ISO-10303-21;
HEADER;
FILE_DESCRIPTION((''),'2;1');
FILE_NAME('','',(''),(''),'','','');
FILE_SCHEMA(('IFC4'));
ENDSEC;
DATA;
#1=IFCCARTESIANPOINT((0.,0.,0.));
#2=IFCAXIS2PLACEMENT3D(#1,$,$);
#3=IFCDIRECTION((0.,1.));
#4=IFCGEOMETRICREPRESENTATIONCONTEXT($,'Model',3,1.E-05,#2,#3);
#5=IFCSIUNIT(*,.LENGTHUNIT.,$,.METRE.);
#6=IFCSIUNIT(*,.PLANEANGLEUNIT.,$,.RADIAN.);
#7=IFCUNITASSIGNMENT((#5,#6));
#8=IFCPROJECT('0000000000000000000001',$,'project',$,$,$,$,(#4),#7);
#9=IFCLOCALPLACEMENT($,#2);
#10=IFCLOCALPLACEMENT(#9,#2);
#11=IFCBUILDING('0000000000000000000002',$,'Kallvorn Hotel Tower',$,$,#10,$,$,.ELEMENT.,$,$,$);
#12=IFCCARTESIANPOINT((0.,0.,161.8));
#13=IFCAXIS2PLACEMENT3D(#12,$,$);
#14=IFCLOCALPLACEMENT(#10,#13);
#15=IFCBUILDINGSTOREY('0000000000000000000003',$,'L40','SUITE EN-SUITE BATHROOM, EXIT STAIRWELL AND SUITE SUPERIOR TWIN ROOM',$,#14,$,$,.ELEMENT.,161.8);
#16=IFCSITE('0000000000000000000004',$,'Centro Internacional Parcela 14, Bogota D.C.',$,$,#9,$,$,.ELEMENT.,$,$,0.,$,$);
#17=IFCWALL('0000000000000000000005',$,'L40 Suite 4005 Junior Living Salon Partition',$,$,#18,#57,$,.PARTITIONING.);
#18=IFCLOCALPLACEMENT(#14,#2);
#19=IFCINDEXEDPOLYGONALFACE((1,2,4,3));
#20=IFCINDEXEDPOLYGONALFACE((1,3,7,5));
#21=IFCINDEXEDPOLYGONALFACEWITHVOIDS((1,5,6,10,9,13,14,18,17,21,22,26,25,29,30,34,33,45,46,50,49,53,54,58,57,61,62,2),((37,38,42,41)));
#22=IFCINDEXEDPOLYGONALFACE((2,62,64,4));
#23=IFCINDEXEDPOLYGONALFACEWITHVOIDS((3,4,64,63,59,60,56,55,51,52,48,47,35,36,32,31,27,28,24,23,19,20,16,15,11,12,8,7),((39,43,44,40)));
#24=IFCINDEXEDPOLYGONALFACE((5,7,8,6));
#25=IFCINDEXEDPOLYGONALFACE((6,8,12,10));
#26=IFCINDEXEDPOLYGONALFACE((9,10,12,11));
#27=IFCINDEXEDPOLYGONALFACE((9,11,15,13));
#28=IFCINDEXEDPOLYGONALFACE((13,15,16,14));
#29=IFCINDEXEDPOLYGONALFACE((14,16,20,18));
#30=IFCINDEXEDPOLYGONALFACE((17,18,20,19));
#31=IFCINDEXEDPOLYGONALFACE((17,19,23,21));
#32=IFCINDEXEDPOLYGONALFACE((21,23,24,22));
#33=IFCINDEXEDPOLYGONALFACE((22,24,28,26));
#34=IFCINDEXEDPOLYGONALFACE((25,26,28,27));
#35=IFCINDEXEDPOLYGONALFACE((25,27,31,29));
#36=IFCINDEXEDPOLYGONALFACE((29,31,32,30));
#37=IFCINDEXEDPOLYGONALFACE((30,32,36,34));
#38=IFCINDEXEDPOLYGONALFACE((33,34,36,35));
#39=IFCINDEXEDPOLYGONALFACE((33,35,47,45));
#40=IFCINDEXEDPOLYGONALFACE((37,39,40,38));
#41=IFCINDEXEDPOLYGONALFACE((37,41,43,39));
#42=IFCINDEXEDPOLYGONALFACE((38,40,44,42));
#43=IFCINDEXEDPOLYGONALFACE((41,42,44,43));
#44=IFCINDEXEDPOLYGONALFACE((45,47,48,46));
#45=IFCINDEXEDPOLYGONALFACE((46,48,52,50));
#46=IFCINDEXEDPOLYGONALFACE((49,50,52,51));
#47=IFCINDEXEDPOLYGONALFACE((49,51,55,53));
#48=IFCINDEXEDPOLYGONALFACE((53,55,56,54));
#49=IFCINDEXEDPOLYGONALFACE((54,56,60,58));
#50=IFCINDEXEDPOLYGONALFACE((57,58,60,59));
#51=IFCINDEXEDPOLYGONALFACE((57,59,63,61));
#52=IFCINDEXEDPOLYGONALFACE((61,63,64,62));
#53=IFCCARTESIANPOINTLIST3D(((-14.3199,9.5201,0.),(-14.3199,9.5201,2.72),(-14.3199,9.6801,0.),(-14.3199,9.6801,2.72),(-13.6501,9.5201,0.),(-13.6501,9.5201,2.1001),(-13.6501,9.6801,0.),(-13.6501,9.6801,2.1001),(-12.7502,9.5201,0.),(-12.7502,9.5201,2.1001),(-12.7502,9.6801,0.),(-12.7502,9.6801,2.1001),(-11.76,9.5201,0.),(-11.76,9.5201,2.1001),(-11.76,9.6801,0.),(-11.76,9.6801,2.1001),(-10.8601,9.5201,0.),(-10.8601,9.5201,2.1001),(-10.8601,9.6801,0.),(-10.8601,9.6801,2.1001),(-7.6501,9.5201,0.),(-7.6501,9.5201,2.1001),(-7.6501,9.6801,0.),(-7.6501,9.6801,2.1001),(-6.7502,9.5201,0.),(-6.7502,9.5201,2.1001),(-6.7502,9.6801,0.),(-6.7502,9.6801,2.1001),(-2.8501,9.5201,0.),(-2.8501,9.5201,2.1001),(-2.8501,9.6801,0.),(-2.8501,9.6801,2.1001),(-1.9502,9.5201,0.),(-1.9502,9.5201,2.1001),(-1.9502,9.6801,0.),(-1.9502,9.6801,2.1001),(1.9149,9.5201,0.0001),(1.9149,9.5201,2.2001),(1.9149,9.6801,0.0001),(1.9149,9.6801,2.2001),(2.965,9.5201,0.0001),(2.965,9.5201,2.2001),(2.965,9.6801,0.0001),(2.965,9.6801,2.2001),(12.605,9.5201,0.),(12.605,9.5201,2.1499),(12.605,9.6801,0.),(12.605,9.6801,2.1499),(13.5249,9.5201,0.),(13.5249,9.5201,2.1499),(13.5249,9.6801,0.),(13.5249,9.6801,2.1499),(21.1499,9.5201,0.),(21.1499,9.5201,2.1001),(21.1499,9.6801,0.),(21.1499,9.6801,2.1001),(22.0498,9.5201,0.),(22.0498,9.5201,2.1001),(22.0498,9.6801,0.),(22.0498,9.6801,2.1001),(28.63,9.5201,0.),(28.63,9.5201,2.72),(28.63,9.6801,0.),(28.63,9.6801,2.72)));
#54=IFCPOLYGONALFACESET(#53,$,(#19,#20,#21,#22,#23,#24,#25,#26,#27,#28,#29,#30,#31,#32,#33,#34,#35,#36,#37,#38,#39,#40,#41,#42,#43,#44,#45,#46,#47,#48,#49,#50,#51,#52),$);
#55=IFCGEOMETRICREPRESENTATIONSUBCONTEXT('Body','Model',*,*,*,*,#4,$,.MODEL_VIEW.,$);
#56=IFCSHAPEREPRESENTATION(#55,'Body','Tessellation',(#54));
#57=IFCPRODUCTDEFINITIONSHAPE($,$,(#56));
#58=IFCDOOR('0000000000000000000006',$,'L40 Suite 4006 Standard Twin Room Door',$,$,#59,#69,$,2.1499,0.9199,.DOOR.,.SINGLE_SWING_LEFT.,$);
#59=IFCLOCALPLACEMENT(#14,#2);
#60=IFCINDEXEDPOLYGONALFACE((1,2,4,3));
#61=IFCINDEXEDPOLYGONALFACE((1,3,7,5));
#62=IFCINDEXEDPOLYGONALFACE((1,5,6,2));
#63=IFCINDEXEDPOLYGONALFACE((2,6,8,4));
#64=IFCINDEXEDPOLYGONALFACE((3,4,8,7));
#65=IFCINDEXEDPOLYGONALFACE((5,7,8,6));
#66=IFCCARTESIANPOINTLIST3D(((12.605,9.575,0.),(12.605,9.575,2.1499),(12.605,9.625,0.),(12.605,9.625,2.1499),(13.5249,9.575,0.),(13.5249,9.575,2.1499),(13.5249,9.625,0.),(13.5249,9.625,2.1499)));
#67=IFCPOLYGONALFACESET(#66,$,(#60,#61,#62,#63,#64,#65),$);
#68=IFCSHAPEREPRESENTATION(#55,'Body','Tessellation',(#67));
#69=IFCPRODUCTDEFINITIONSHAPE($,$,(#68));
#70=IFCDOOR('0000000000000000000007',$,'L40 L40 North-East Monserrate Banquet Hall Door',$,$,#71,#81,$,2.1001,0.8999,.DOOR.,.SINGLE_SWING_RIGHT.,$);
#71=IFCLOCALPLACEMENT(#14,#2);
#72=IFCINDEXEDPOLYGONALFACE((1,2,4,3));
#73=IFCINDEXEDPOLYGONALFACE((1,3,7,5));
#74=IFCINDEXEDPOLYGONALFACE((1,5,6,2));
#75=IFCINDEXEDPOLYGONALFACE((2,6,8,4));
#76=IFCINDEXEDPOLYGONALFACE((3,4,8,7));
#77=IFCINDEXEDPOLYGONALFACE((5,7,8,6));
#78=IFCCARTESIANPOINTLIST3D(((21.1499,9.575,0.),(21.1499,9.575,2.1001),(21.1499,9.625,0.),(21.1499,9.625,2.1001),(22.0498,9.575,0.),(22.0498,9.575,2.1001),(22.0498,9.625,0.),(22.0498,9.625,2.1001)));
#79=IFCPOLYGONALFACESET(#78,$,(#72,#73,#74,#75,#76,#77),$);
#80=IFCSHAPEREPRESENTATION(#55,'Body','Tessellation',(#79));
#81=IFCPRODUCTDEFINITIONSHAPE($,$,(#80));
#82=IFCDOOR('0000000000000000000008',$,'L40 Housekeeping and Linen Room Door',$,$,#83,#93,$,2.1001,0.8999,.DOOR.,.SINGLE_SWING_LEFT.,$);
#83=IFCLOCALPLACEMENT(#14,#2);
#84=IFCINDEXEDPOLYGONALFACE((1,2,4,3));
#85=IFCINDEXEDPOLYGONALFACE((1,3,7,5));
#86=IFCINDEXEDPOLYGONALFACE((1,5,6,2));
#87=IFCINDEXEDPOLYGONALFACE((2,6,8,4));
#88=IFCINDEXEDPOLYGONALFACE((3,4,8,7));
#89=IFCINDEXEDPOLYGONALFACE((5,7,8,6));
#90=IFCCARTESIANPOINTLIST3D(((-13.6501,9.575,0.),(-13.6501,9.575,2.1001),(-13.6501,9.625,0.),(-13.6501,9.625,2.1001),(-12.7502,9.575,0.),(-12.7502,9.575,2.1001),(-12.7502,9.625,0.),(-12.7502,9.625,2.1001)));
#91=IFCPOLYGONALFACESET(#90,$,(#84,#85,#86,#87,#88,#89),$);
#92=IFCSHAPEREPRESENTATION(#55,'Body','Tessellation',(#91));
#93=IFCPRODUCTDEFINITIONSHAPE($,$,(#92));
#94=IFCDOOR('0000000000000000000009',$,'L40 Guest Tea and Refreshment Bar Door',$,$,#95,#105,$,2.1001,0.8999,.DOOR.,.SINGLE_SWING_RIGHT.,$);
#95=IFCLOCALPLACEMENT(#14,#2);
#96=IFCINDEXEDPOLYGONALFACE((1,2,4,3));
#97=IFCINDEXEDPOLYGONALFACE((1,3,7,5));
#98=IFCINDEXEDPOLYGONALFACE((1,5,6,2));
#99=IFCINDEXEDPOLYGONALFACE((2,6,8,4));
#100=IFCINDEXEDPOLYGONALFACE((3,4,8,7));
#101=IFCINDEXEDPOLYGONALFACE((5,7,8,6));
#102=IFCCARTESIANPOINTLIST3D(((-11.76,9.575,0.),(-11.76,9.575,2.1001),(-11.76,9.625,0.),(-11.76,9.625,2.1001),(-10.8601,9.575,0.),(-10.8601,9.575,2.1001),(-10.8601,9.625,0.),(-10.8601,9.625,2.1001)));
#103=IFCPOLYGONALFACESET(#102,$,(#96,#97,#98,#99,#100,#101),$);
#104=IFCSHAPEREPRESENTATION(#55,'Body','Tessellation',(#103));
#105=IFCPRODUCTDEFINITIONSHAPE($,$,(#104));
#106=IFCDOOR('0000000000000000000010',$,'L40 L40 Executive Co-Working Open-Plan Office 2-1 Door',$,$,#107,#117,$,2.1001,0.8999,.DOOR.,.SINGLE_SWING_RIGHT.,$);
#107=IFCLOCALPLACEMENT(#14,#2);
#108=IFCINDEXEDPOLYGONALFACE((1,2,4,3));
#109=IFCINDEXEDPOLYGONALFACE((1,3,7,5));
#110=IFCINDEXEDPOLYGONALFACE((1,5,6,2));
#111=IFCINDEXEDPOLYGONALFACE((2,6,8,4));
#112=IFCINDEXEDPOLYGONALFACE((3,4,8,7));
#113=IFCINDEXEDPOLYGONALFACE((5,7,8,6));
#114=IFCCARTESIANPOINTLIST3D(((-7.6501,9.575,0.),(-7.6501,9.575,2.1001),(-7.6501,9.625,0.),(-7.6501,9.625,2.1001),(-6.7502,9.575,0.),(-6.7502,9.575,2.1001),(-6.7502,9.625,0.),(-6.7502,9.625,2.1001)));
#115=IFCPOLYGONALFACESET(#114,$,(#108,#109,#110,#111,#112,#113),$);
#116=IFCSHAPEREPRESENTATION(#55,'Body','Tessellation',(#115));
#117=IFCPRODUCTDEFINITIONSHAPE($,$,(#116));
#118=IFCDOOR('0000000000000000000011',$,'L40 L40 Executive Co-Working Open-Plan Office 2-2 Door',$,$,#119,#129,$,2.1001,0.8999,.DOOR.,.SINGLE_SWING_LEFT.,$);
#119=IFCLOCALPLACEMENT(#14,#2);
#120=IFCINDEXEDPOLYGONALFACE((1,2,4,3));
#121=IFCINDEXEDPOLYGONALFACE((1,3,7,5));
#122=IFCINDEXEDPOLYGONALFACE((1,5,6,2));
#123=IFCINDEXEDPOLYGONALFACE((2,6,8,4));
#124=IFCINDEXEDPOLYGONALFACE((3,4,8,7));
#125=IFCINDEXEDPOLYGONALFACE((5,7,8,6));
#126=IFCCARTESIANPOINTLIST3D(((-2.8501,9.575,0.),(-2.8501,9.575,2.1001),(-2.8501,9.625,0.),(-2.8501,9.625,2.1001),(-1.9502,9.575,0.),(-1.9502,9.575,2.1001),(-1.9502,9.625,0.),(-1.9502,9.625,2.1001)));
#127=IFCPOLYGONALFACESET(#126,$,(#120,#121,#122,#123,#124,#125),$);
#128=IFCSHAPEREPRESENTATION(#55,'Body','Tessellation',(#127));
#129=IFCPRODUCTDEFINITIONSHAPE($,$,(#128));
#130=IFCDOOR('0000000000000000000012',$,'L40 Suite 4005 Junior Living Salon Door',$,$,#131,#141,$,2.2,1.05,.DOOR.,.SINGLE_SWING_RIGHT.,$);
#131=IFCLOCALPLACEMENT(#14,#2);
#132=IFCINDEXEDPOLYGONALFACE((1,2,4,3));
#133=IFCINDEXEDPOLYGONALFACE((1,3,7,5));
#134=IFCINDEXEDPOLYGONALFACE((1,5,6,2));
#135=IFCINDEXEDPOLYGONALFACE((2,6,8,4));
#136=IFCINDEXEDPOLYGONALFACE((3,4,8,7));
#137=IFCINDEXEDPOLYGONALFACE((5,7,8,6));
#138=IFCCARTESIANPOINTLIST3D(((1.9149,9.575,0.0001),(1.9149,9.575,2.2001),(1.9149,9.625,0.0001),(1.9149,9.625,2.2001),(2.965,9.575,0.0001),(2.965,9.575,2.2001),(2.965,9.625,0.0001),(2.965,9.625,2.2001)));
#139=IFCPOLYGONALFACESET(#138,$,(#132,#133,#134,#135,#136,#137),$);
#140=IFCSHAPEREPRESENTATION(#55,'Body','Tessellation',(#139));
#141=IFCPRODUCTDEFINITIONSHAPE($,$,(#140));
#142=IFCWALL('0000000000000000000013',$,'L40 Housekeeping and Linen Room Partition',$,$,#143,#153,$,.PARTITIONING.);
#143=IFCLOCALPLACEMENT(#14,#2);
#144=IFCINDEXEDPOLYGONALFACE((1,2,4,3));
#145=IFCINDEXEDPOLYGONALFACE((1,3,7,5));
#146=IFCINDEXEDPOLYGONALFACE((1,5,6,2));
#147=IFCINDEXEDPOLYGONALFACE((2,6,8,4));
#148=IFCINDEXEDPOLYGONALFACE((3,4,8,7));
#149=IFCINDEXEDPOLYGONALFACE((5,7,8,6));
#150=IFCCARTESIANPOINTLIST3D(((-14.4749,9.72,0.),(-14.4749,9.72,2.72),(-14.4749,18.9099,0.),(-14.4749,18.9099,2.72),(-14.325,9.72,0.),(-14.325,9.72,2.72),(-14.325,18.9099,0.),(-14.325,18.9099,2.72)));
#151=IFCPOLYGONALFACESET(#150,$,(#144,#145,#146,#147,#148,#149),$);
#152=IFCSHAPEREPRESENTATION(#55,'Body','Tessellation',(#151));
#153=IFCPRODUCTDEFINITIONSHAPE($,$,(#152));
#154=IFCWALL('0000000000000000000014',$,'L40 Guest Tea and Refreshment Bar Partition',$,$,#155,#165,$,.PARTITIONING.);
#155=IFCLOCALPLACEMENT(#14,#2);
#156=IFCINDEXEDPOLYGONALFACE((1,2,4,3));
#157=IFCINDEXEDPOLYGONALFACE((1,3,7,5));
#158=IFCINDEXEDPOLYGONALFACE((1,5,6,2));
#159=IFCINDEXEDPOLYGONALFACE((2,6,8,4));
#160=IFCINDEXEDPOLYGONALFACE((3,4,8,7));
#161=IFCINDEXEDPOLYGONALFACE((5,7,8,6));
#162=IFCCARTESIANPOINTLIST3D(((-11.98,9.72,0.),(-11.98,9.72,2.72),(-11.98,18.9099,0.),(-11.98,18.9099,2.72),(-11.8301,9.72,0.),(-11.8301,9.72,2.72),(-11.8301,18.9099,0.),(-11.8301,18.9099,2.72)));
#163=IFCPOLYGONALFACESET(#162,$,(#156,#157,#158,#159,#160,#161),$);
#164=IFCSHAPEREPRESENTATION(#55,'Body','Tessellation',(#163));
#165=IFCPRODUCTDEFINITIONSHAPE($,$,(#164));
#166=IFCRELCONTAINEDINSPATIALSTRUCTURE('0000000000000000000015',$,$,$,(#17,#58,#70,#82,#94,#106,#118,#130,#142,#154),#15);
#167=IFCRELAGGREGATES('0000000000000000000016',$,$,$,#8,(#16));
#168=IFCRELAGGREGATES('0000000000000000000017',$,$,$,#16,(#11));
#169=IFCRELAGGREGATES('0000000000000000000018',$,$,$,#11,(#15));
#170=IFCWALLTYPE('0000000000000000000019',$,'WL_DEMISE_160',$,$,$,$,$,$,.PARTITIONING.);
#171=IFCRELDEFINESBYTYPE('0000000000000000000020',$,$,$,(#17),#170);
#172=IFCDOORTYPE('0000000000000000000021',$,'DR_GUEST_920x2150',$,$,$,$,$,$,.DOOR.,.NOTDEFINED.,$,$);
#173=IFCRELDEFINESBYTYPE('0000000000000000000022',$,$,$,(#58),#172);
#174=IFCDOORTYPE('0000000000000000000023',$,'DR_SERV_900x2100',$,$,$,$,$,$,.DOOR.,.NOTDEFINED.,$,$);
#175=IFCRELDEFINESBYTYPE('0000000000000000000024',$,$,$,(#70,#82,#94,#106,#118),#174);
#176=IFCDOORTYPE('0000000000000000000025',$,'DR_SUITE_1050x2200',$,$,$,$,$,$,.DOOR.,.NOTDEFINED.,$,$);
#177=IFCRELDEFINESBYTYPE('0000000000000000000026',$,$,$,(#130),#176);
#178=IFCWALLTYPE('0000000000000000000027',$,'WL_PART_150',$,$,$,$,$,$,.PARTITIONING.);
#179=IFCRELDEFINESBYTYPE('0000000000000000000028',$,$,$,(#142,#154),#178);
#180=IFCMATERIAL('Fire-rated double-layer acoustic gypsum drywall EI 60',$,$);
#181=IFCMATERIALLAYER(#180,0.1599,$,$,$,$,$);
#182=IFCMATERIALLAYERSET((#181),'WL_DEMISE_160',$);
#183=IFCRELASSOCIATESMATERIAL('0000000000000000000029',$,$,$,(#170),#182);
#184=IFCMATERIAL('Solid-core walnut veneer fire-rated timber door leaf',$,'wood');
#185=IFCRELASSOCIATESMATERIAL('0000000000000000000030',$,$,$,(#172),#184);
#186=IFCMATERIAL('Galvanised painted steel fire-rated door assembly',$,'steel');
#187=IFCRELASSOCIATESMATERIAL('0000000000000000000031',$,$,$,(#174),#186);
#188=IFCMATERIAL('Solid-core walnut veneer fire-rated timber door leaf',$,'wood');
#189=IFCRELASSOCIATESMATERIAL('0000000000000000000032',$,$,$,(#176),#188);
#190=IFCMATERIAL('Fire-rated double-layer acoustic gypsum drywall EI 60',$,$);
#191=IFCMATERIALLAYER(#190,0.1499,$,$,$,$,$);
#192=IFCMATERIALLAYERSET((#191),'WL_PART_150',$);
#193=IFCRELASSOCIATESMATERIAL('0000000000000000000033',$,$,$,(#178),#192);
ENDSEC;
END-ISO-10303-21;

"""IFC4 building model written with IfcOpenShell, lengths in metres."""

from ifc_helpers import new_model, si_unit, direction, frame, frame_2d, origin, place, context, subcontext, project, spatial, rectangle, extrude, material, layer, layer_set, type_object, element, fill, save


model = new_model("IFC4")

# Units and contexts
model_context = context("Model", 3, precision=1e-05, world=origin(), true_north=direction((0.0, 1.0)))
body_context = subcontext(model_context, "Body", "Model", "MODEL_VIEW")
ifc_project = project(units=[si_unit("LENGTHUNIT", "METRE"), si_unit("PLANEANGLEUNIT", "RADIAN")], contexts=[model_context])

# Site, building, storey
site_placement = place(None, origin())
site = spatial("IfcSite", under=ifc_project, at=site_placement, Name="Centro Internacional Parcela 14, Bogota D.C.", CompositionType="ELEMENT", RefElevation=0.0)
building_placement = place(site_placement, origin())
building = spatial("IfcBuilding", under=site, at=building_placement, Name="Kallvorn Hotel Tower", CompositionType="ELEMENT")
storey_placement = place(building_placement, frame((0.0, 0.0, 161.8)))
storey = spatial("IfcBuildingStorey", under=building, at=storey_placement, Name="L40", Description="SUITE EN-SUITE BATHROOM, EXIT STAIRWELL AND SUITE SUPERIOR TWIN ROOM", CompositionType="ELEMENT", Elevation=161.8)

# Wall, openings, doors
ifc_material_1 = material(Name="Fire-rated double-layer acoustic gypsum drywall EI 60")
ifc_layer_1 = layer(ifc_material_1, 0.1599)
ifc_layer_set_1 = layer_set([ifc_layer_1], Name="WL_DEMISE_160")
wall_type_1 = type_object("IfcWallType", Name="WL_DEMISE_160", PredefinedType="PARTITIONING", material=ifc_layer_set_1)
wall_placement = place(storey_placement, frame((-14.3201, 9.6001, 0.0), z_axis=(0.0, 0.0, 1.0), x_axis=(1.0, 0.0, 0.0)))
wall = element("IfcWall", 1, at=wall_placement, inside=storey, type_object=wall_type_1, Name="L40 Suite 4005 Junior Living Salon Partition", PredefinedType="PARTITIONING", context=body_context, shape_type="SweptSolid", body=[
    extrude(rectangle(XDim=42.95, YDim=0.1599, at=frame_2d((21.4751, 0.0))), origin(), (0.0, 0.0, 1.0), 2.72),
])
opening_1_placement = place(wall_placement, frame((35.47, 0.0, 0.0)))
opening_1 = element("IfcOpeningElement", 2, at=opening_1_placement, cuts=wall, PredefinedType="OPENING", context=body_context, shape_type="SweptSolid", body=[
    extrude(rectangle(XDim=0.8999, YDim=2.1001, at=frame_2d((0.45, 1.05))), frame((0.0, 0.095, 0.0), z_axis=(0.0, -1.0, 0.0), x_axis=(1.0, 0.0, 0.0)), (0.0, 0.0, 1.0), 0.1899),
])
opening_2_placement = place(wall_placement, frame((0.6699, 0.0, 0.0)))
opening_2 = element("IfcOpeningElement", 3, at=opening_2_placement, cuts=wall, PredefinedType="OPENING", context=body_context, shape_type="SweptSolid", body=[
    extrude(rectangle(XDim=0.8999, YDim=2.1001, at=frame_2d((0.45, 1.05))), frame((0.0, 0.095, 0.0), z_axis=(0.0, -1.0, 0.0), x_axis=(1.0, 0.0, 0.0)), (0.0, 0.0, 1.0), 0.1899),
])
opening_3_placement = place(wall_placement, frame((2.5601, 0.0, 0.0)))
opening_3 = element("IfcOpeningElement", 4, at=opening_3_placement, cuts=wall, PredefinedType="OPENING", context=body_context, shape_type="SweptSolid", body=[
    extrude(rectangle(XDim=0.8999, YDim=2.1001, at=frame_2d((0.45, 1.05))), frame((0.0, 0.095, 0.0), z_axis=(0.0, -1.0, 0.0), x_axis=(1.0, 0.0, 0.0)), (0.0, 0.0, 1.0), 0.1899),
])
opening_4_placement = place(wall_placement, frame((6.6699, 0.0, 0.0)))
opening_4 = element("IfcOpeningElement", 5, at=opening_4_placement, cuts=wall, PredefinedType="OPENING", context=body_context, shape_type="SweptSolid", body=[
    extrude(rectangle(XDim=0.8999, YDim=2.1001, at=frame_2d((0.45, 1.05))), frame((0.0, 0.095, 0.0), z_axis=(0.0, -1.0, 0.0), x_axis=(1.0, 0.0, 0.0)), (0.0, 0.0, 1.0), 0.1899),
])
opening_5_placement = place(wall_placement, frame((11.47, 0.0, 0.0)))
opening_5 = element("IfcOpeningElement", 6, at=opening_5_placement, cuts=wall, PredefinedType="OPENING", context=body_context, shape_type="SweptSolid", body=[
    extrude(rectangle(XDim=0.8999, YDim=2.1001, at=frame_2d((0.45, 1.05))), frame((0.0, 0.095, 0.0), z_axis=(0.0, -1.0, 0.0), x_axis=(1.0, 0.0, 0.0)), (0.0, 0.0, 1.0), 0.1899),
])
opening_6_placement = place(wall_placement, frame((16.2351, 0.0, 0.0)))
opening_6 = element("IfcOpeningElement", 7, at=opening_6_placement, cuts=wall, PredefinedType="OPENING", context=body_context, shape_type="SweptSolid", body=[
    extrude(rectangle(XDim=1.05, YDim=2.2, at=frame_2d((0.5249, 1.1001))), frame((0.0, 0.095, 0.0), z_axis=(0.0, -1.0, 0.0), x_axis=(1.0, 0.0, 0.0)), (0.0, 0.0, 1.0), 0.1899),
])
opening_7_placement = place(wall_placement, frame((26.925, 0.0, 0.0)))
opening_7 = element("IfcOpeningElement", 8, at=opening_7_placement, cuts=wall, PredefinedType="OPENING", context=body_context, shape_type="SweptSolid", body=[
    extrude(rectangle(XDim=0.9199, YDim=2.1499, at=frame_2d((0.46, 1.075))), frame((0.0, 0.095, 0.0), z_axis=(0.0, -1.0, 0.0), x_axis=(1.0, 0.0, 0.0)), (0.0, 0.0, 1.0), 0.1899),
])
ifc_material_2 = material(Name="Solid-core walnut veneer fire-rated timber door leaf", Category="wood")
door_type_1 = type_object("IfcDoorType", Name="DR_GUEST_920x2150", OperationType="NOTDEFINED", PredefinedType="DOOR", material=ifc_material_2)
door_1_placement = place(opening_7_placement, origin())
door_1 = element("IfcDoor", 9, at=door_1_placement, inside=storey, type_object=door_type_1, Name="L40 Suite 4006 Standard Twin Room Door", OperationType="SINGLE_SWING_LEFT", OverallHeight=2.1499, OverallWidth=0.9199, PredefinedType="DOOR", context=body_context, shape_type="SweptSolid", body=[
    extrude(rectangle(XDim=0.9199, YDim=2.1499, at=frame_2d((0.46, 1.075))), frame((0.0, 0.0249, 0.0), z_axis=(0.0, -1.0, 0.0), x_axis=(1.0, 0.0, 0.0)), (0.0, 0.0, 1.0), 0.05),
])
fill(opening_7, door_1)
ifc_material_3 = material(Name="Galvanised painted steel fire-rated door assembly", Category="steel")
door_type_2 = type_object("IfcDoorType", Name="DR_SERV_900x2100", OperationType="NOTDEFINED", PredefinedType="DOOR", material=ifc_material_3)
door_2_placement = place(opening_1_placement, origin())
door_2 = element("IfcDoor", 10, at=door_2_placement, inside=storey, type_object=door_type_2, Name="L40 L40 North-East Monserrate Banquet Hall Door", OperationType="SINGLE_SWING_RIGHT", OverallHeight=2.1001, OverallWidth=0.8999, PredefinedType="DOOR", context=body_context, shape_type="SweptSolid", body=[
    extrude(rectangle(XDim=0.8999, YDim=2.1001, at=frame_2d((0.45, 1.05))), frame((0.0, 0.0249, 0.0), z_axis=(0.0, -1.0, 0.0), x_axis=(1.0, 0.0, 0.0)), (0.0, 0.0, 1.0), 0.05),
])
fill(opening_1, door_2)
door_3_placement = place(opening_2_placement, origin())
door_3 = element("IfcDoor", 11, at=door_3_placement, inside=storey, type_object=door_type_2, Name="L40 Housekeeping and Linen Room Door", OperationType="SINGLE_SWING_LEFT", OverallHeight=2.1001, OverallWidth=0.8999, PredefinedType="DOOR", context=body_context, shape_type="SweptSolid", body=[
    extrude(rectangle(XDim=0.8999, YDim=2.1001, at=frame_2d((0.45, 1.05))), frame((0.0, 0.0249, 0.0), z_axis=(0.0, -1.0, 0.0), x_axis=(1.0, 0.0, 0.0)), (0.0, 0.0, 1.0), 0.05),
])
fill(opening_2, door_3)
door_4_placement = place(opening_3_placement, origin())
door_4 = element("IfcDoor", 12, at=door_4_placement, inside=storey, type_object=door_type_2, Name="L40 Guest Tea and Refreshment Bar Door", OperationType="SINGLE_SWING_RIGHT", OverallHeight=2.1001, OverallWidth=0.8999, PredefinedType="DOOR", context=body_context, shape_type="SweptSolid", body=[
    extrude(rectangle(XDim=0.8999, YDim=2.1001, at=frame_2d((0.45, 1.05))), frame((0.0, 0.0249, 0.0), z_axis=(0.0, -1.0, 0.0), x_axis=(1.0, 0.0, 0.0)), (0.0, 0.0, 1.0), 0.05),
])
fill(opening_3, door_4)
door_5_placement = place(opening_4_placement, origin())
door_5 = element("IfcDoor", 13, at=door_5_placement, inside=storey, type_object=door_type_2, Name="L40 L40 Executive Co-Working Open-Plan Office 2-1 Door", OperationType="SINGLE_SWING_RIGHT", OverallHeight=2.1001, OverallWidth=0.8999, PredefinedType="DOOR", context=body_context, shape_type="SweptSolid", body=[
    extrude(rectangle(XDim=0.8999, YDim=2.1001, at=frame_2d((0.45, 1.05))), frame((0.0, 0.0249, 0.0), z_axis=(0.0, -1.0, 0.0), x_axis=(1.0, 0.0, 0.0)), (0.0, 0.0, 1.0), 0.05),
])
fill(opening_4, door_5)
door_6_placement = place(opening_5_placement, origin())
door_6 = element("IfcDoor", 14, at=door_6_placement, inside=storey, type_object=door_type_2, Name="L40 L40 Executive Co-Working Open-Plan Office 2-2 Door", OperationType="SINGLE_SWING_LEFT", OverallHeight=2.1001, OverallWidth=0.8999, PredefinedType="DOOR", context=body_context, shape_type="SweptSolid", body=[
    extrude(rectangle(XDim=0.8999, YDim=2.1001, at=frame_2d((0.45, 1.05))), frame((0.0, 0.0249, 0.0), z_axis=(0.0, -1.0, 0.0), x_axis=(1.0, 0.0, 0.0)), (0.0, 0.0, 1.0), 0.05),
])
fill(opening_5, door_6)
ifc_material_4 = material(Name="Solid-core walnut veneer fire-rated timber door leaf", Category="wood")
door_type_3 = type_object("IfcDoorType", Name="DR_SUITE_1050x2200", OperationType="NOTDEFINED", PredefinedType="DOOR", material=ifc_material_4)
door_7_placement = place(opening_6_placement, origin())
door_7 = element("IfcDoor", 15, at=door_7_placement, inside=storey, type_object=door_type_3, Name="L40 Suite 4005 Junior Living Salon Door", OperationType="SINGLE_SWING_RIGHT", OverallHeight=2.2, OverallWidth=1.05, PredefinedType="DOOR", context=body_context, shape_type="SweptSolid", body=[
    extrude(rectangle(XDim=1.05, YDim=2.2, at=frame_2d((0.5249, 1.1001))), frame((0.0, 0.0249, 0.0), z_axis=(0.0, -1.0, 0.0), x_axis=(1.0, 0.0, 0.0)), (0.0, 0.0, 1.0), 0.05),
])
fill(opening_6, door_7)

# Walls
ifc_material_5 = material(Name="Fire-rated double-layer acoustic gypsum drywall EI 60")
ifc_layer_2 = layer(ifc_material_5, 0.1499)
ifc_layer_set_2 = layer_set([ifc_layer_2], Name="WL_PART_150")
wall_type_2 = type_object("IfcWallType", Name="WL_PART_150", PredefinedType="PARTITIONING", material=ifc_layer_set_2)
for number, where, z_axis, x_axis, name in (
    (16, (-14.3999, 9.72, 0.0), (0.0, 0.0, 1.0), (0.0, 1.0, 0.0), "L40 Housekeeping and Linen Room Partition"),
    (17, (-11.905, 9.72, 0.0), (0.0, 0.0, 1.0), (0.0, 1.0, 0.0), "L40 Guest Tea and Refreshment Bar Partition"),
):
    element("IfcWall", number, at=place(storey_placement, frame(where, z_axis=z_axis, x_axis=x_axis)), inside=storey, type_object=wall_type_2, Name=name, PredefinedType="PARTITIONING", context=body_context, shape_type="SweptSolid", body=[
        extrude(rectangle(XDim=9.1899, YDim=0.1499, at=frame_2d((4.595, 0.0))), origin(), (0.0, 0.0, 1.0), 2.72),
    ])

save(model, "model.ifc")
